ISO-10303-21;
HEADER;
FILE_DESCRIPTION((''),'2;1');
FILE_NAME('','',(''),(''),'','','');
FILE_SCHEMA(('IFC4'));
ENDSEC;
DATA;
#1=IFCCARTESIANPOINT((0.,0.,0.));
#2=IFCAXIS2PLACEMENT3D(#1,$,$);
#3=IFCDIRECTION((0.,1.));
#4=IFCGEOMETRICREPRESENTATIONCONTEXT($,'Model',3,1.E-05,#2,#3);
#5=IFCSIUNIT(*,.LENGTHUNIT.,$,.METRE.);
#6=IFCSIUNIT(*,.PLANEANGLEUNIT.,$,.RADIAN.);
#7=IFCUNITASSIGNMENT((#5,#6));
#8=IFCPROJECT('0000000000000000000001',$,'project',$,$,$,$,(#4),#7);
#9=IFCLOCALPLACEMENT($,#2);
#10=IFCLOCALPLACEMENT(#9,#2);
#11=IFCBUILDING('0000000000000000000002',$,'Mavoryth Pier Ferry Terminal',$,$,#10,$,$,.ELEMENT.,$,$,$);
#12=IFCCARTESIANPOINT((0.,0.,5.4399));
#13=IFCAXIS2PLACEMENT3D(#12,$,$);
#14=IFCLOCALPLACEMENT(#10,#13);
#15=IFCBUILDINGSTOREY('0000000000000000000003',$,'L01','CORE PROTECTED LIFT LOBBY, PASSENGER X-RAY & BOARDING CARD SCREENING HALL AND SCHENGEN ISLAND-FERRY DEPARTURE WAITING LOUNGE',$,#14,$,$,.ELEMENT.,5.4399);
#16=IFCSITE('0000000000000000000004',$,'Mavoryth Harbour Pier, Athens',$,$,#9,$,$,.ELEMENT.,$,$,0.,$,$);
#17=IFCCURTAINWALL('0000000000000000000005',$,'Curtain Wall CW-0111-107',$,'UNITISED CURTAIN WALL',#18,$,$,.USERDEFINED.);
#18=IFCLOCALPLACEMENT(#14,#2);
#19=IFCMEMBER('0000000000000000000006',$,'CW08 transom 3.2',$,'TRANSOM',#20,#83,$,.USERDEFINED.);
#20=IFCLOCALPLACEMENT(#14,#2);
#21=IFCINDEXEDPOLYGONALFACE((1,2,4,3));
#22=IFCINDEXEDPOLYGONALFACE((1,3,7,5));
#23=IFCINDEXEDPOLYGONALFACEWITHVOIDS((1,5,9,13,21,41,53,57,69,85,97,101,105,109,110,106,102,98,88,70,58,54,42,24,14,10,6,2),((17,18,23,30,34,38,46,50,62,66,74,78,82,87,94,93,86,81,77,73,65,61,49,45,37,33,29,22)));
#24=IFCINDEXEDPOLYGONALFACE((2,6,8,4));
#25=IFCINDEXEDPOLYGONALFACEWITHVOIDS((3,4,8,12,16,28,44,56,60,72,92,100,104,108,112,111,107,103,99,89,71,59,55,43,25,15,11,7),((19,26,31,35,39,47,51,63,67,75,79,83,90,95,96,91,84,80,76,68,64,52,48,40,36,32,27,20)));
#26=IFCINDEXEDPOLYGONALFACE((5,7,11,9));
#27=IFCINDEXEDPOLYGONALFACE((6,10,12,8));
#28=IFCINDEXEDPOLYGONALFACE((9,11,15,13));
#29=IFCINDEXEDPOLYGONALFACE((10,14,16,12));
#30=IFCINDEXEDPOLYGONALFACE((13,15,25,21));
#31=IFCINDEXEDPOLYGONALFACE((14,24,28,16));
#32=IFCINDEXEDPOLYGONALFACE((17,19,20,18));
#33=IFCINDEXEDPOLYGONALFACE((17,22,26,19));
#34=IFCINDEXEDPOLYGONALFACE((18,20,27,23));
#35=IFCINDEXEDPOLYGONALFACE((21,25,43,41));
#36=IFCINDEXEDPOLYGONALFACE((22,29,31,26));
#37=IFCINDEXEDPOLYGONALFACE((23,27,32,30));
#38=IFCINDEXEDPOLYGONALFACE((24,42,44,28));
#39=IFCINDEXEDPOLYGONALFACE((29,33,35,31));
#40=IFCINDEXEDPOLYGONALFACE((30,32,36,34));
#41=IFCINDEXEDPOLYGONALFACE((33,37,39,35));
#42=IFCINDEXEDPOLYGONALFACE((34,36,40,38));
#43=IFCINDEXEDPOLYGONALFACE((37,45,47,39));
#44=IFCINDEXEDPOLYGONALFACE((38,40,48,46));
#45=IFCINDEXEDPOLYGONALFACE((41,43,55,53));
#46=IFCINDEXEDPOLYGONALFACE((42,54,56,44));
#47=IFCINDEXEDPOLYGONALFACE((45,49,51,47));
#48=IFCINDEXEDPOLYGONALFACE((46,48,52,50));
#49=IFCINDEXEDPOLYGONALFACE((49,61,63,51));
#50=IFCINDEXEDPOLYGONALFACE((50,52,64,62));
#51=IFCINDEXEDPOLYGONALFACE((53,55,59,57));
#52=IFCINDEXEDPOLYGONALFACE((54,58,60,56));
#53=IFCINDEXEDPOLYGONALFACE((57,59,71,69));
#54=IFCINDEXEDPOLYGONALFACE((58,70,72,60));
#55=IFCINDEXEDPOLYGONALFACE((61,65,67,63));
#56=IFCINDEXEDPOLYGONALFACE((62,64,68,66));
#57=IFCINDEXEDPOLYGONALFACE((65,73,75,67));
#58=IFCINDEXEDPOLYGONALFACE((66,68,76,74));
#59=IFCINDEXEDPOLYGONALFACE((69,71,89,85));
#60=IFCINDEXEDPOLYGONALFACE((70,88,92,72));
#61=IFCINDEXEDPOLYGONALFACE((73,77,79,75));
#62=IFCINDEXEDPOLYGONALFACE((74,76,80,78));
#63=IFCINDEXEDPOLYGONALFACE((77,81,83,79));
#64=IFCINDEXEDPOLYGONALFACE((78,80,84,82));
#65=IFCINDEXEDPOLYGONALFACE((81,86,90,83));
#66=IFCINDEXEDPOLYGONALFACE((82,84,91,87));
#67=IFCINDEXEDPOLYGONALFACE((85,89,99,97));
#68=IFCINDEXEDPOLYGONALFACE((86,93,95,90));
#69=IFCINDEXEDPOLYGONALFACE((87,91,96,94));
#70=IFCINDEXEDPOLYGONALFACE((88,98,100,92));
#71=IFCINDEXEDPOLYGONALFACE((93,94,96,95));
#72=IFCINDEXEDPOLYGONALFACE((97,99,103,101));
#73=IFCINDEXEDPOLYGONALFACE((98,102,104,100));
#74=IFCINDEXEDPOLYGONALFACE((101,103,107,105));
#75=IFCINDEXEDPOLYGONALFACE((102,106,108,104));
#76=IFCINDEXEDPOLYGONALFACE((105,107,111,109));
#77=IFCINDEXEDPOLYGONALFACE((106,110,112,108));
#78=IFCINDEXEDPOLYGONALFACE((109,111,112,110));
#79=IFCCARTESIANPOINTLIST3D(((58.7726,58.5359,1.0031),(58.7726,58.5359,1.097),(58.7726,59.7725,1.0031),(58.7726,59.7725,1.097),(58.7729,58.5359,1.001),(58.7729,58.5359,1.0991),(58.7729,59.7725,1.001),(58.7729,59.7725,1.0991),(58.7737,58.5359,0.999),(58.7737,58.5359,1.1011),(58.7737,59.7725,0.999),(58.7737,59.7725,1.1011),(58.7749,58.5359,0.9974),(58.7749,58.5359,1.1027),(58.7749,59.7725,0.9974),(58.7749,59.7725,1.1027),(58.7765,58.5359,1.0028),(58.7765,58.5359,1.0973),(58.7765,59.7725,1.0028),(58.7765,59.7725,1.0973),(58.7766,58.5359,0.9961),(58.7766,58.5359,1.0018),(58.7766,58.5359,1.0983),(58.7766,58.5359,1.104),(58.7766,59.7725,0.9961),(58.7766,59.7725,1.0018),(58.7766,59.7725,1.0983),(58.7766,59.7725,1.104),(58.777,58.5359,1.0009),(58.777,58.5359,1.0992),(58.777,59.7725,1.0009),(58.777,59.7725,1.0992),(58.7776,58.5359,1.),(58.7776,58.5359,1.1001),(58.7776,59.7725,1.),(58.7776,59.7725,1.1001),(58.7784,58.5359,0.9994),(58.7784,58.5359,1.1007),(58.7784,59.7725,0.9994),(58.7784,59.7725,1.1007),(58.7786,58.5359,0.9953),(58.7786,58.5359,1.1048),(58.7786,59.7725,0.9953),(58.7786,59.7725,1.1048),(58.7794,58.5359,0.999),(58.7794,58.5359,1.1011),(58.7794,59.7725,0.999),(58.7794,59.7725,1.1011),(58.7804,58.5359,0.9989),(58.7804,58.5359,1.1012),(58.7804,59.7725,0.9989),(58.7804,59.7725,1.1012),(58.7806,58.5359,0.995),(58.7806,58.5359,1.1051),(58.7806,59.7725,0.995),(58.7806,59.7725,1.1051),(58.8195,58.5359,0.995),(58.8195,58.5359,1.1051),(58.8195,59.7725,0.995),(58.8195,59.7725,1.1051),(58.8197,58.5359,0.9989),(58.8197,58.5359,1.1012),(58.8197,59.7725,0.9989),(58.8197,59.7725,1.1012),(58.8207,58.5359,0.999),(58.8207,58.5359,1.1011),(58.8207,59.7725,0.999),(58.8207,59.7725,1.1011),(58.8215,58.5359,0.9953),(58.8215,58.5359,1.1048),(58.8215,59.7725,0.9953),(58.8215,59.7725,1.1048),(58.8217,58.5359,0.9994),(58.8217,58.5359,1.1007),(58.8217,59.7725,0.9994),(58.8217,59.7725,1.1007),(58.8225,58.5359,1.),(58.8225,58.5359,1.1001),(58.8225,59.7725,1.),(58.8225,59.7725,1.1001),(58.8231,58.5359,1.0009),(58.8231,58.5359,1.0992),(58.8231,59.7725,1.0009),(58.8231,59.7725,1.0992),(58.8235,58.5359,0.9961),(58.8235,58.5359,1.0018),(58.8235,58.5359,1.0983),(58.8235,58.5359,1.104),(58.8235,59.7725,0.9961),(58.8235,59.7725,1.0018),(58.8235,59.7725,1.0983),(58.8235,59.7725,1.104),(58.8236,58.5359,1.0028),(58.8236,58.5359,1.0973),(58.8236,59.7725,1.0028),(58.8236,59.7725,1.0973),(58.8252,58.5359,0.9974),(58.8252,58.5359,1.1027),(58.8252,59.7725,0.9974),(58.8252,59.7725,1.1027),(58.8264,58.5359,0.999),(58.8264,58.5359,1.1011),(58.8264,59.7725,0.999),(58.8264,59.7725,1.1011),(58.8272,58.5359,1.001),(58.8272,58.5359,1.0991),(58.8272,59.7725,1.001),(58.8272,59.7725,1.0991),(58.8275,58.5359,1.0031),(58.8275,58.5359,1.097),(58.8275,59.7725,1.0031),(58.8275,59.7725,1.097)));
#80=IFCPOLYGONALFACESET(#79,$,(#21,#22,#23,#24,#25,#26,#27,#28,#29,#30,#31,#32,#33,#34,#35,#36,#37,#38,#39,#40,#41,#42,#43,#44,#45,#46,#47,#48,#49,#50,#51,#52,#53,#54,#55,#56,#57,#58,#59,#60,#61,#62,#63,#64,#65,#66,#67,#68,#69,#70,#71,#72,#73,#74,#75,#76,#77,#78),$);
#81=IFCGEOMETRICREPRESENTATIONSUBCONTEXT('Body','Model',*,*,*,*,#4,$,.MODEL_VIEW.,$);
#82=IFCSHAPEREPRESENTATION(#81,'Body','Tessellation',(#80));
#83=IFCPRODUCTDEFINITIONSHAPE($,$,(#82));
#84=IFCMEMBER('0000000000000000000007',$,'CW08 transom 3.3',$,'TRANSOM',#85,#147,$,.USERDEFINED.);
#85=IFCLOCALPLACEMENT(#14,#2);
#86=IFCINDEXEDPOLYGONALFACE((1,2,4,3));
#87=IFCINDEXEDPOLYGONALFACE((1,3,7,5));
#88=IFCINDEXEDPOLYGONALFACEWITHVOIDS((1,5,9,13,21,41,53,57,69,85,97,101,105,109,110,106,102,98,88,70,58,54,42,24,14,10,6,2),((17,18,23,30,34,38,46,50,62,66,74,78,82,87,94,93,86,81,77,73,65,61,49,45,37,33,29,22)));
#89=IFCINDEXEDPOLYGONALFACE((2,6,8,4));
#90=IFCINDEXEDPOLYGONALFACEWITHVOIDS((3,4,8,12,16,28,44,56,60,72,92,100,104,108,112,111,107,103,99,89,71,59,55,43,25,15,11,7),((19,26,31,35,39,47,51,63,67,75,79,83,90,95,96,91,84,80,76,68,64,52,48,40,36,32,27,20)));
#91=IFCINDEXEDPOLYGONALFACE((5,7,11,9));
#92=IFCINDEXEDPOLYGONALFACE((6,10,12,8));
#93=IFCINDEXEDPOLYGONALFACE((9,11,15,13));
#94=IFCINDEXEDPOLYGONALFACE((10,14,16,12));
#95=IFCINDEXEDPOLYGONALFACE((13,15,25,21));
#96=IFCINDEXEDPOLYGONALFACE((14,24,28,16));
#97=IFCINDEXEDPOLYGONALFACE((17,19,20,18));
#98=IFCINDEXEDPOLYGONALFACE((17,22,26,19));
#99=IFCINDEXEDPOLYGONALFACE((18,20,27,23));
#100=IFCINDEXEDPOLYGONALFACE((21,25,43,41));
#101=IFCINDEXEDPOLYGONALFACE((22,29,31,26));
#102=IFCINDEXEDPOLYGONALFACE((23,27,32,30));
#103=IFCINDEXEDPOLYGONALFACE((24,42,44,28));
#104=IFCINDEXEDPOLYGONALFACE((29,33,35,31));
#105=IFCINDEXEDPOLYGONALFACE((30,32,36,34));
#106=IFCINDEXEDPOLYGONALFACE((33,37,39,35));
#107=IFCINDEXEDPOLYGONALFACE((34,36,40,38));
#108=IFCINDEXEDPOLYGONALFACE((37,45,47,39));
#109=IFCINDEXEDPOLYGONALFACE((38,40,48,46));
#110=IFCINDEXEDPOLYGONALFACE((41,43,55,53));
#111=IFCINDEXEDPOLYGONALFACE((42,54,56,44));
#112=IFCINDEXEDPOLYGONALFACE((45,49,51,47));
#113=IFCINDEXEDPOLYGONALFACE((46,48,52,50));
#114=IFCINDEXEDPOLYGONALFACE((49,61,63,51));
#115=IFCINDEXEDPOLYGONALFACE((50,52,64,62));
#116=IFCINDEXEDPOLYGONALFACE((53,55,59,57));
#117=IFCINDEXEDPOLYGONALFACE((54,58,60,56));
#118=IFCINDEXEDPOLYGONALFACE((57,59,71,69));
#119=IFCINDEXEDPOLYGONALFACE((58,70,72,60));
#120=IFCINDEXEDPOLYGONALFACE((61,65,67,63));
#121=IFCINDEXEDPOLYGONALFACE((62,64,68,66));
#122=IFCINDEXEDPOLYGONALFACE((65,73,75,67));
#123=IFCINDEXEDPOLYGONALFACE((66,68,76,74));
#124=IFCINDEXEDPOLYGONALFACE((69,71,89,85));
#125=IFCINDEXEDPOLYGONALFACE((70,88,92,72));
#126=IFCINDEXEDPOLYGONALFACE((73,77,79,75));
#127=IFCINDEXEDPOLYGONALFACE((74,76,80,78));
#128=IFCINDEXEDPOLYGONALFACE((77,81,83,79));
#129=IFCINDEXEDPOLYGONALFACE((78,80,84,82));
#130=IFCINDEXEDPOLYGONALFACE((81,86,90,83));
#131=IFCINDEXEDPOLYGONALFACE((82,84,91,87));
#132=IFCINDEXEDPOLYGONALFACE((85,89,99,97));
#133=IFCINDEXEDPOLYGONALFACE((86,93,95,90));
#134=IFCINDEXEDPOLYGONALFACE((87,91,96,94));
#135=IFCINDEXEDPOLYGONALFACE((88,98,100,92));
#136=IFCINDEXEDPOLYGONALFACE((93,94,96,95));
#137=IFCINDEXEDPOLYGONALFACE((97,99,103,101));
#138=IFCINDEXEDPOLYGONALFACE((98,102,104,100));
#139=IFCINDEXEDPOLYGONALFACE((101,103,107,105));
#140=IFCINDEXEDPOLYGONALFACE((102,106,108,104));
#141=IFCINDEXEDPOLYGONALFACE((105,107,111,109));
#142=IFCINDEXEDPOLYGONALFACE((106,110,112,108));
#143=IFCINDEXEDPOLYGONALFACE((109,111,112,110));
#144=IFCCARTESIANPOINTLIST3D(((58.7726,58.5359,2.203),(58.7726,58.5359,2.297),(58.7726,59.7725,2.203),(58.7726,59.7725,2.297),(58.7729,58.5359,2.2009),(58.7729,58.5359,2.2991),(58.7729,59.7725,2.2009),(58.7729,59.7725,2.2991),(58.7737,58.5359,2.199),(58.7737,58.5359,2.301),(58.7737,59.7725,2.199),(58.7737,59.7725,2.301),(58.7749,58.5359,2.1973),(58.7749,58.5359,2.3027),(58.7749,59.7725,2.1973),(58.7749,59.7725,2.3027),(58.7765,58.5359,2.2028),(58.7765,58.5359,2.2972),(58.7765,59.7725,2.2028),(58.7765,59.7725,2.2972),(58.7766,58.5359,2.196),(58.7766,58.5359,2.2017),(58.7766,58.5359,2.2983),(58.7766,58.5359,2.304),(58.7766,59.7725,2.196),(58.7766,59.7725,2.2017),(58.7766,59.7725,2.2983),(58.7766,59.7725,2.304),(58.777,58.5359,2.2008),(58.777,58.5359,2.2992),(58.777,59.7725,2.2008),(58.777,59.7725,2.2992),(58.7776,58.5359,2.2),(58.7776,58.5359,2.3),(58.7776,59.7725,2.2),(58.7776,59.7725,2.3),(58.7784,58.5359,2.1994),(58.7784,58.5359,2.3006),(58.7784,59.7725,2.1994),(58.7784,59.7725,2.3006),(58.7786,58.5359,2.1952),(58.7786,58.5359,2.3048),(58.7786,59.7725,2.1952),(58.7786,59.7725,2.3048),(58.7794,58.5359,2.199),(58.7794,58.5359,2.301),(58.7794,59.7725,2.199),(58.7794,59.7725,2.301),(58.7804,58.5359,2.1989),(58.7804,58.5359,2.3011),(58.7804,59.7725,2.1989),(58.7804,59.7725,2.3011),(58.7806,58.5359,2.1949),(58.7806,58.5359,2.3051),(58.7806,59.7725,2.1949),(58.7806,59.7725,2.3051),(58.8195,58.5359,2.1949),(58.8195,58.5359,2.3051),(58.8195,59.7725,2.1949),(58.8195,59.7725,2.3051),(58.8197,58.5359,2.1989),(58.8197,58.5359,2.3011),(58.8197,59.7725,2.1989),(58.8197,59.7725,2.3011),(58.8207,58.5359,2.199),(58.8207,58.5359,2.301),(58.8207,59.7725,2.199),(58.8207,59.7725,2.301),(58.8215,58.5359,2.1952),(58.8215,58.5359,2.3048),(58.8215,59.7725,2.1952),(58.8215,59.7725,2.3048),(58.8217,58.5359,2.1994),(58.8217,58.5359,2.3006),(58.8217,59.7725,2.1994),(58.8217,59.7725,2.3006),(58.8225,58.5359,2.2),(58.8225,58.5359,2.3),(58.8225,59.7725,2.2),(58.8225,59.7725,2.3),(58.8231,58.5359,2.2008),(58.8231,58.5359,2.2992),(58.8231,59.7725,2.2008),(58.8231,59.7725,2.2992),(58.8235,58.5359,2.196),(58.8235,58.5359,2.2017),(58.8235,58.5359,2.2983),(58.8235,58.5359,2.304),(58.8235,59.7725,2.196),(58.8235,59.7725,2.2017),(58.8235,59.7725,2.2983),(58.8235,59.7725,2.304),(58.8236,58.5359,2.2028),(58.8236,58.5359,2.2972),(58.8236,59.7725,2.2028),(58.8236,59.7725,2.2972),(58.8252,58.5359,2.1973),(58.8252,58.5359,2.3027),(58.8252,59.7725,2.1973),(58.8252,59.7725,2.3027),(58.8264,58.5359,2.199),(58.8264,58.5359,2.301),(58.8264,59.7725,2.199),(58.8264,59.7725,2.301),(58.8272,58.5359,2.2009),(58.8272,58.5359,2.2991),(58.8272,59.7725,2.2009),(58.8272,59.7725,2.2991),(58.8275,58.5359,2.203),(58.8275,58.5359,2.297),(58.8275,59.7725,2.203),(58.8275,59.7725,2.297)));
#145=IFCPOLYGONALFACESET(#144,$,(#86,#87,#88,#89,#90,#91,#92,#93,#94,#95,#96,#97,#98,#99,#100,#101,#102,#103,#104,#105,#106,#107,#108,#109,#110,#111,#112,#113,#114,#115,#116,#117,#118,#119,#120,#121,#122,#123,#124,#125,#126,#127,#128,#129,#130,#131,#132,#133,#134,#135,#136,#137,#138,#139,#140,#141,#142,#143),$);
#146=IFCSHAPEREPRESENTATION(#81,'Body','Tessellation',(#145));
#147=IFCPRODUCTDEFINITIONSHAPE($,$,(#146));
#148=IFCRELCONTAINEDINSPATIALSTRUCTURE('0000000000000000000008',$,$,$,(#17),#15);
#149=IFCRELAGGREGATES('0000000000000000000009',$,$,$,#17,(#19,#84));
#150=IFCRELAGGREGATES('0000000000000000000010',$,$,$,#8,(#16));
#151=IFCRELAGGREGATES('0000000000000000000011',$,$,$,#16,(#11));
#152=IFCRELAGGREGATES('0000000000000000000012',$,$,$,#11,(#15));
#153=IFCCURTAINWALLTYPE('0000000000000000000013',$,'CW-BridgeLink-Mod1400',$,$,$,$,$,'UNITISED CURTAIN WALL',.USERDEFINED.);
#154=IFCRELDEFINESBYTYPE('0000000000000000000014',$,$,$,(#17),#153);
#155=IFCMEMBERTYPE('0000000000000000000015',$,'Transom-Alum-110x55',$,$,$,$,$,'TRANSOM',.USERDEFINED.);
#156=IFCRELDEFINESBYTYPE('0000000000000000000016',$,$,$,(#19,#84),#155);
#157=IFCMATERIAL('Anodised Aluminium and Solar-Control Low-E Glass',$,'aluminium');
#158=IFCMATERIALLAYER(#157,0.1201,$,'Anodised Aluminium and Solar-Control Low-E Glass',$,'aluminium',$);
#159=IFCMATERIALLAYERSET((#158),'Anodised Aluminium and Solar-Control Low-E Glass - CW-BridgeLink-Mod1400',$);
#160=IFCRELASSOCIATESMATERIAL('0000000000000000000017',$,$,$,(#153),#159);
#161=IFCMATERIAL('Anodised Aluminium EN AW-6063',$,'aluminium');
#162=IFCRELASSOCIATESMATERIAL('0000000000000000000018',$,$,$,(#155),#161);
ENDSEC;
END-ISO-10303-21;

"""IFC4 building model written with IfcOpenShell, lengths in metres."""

from ifc_helpers import new_model, si_unit, direction, frame, origin, origin_2d, place, context, subcontext, project, spatial, hollow_rectangle, extrude, material, layer, layer_set, material_profile, profile_set, type_object, element, aggregate, save


model = new_model("IFC4")

# Units and contexts
model_context = context("Model", 3, precision=1e-05, world=origin(), true_north=direction((0.0, 1.0)))
body_context = subcontext(model_context, "Body", "Model", "MODEL_VIEW")
ifc_project = project(units=[si_unit("LENGTHUNIT", "METRE"), si_unit("PLANEANGLEUNIT", "RADIAN")], contexts=[model_context])

# Site, building, storey
site_placement = place(None, origin())
site = spatial("IfcSite", under=ifc_project, at=site_placement, Name="Mavoryth Harbour Pier, Athens", CompositionType="ELEMENT", RefElevation=0.0)
building_placement = place(site_placement, origin())
building = spatial("IfcBuilding", under=site, at=building_placement, Name="Mavoryth Pier Ferry Terminal", CompositionType="ELEMENT")
storey_placement = place(building_placement, frame((0.0, 0.0, 5.4399)))
storey = spatial("IfcBuildingStorey", under=building, at=storey_placement, Name="L01", Description="CORE PROTECTED LIFT LOBBY, PASSENGER X-RAY & BOARDING CARD SCREENING HALL AND SCHENGEN ISLAND-FERRY DEPARTURE WAITING LOUNGE", CompositionType="ELEMENT", Elevation=5.4399)

# Shared definitions
ifc_material_1 = material(Name="Anodised Aluminium and Solar-Control Low-E Glass", Category="aluminium")
ifc_layer_1 = layer(ifc_material_1, 0.1201, Name="Anodised Aluminium and Solar-Control Low-E Glass", Category="aluminium")
ifc_layer_set_1 = layer_set([ifc_layer_1], Name="Anodised Aluminium and Solar-Control Low-E Glass - CW-BridgeLink-Mod1400")
curtain_wall_type = type_object("IfcCurtainWallType", Name="CW-BridgeLink-Mod1400", ElementType="UNITISED CURTAIN WALL", PredefinedType="USERDEFINED", material=ifc_layer_set_1)
ifc_material_2 = material(Name="Anodised Aluminium EN AW-6063", Category="aluminium")

# Curtain wall
curtain_wall_1_placement = place(storey_placement, origin())
curtain_wall_1 = element("IfcCurtainWall", 1, at=curtain_wall_1_placement, inside=storey, type_object=curtain_wall_type, Name="Curtain Wall CW-0111-107", ObjectType="UNITISED CURTAIN WALL", PredefinedType="USERDEFINED")

# Members
ifc_material_profile_1 = material_profile(ifc_material_2, hollow_rectangle(XDim=0.0549, YDim=0.1101, WallThickness=0.0039, InnerFilletRadius=0.0039, OuterFilletRadius=0.0081, at=origin_2d()), Name="AL-TRAN 110x55x4", Category="aluminium")
ifc_profile_set_1 = profile_set([ifc_material_profile_1], Name="Anodised Aluminium EN AW-6063 - AL-TRAN 110x55x4")
member_type_1 = type_object("IfcMemberType", Name="Transom-Alum-110x55", ElementType="TRANSOM", PredefinedType="USERDEFINED", material=ifc_profile_set_1)
member_1_placement = place(storey_placement, frame((58.8, 58.5359, 1.05), z_axis=(0.0, 1.0, 0.0), x_axis=(-1.0, 0.0, 0.0)))
member_1 = element("IfcMember", 2, at=member_1_placement, type_object=member_type_1, Name="CW08 transom 3.2", ObjectType="TRANSOM", PredefinedType="USERDEFINED", context=body_context, shape_type="SweptSolid", body=[
    extrude(hollow_rectangle(XDim=0.0549, YDim=0.1101, WallThickness=0.0039, InnerFilletRadius=0.0039, OuterFilletRadius=0.0081, at=origin_2d()), origin(), (0.0, 0.0, 1.0), 1.2366),
])
member_2_placement = place(storey_placement, frame((58.8, 58.5359, 2.25), z_axis=(0.0, 1.0, 0.0), x_axis=(-1.0, 0.0, 0.0)))
member_2 = element("IfcMember", 3, at=member_2_placement, type_object=member_type_1, Name="CW08 transom 3.3", ObjectType="TRANSOM", PredefinedType="USERDEFINED", context=body_context, shape_type="SweptSolid", body=[
    extrude(hollow_rectangle(XDim=0.0549, YDim=0.1101, WallThickness=0.0039, InnerFilletRadius=0.0039, OuterFilletRadius=0.0081, at=origin_2d()), origin(), (0.0, 0.0, 1.0), 1.2366),
])

aggregate(curtain_wall_1, [member_1, member_2])

save(model, "model.ifc")
